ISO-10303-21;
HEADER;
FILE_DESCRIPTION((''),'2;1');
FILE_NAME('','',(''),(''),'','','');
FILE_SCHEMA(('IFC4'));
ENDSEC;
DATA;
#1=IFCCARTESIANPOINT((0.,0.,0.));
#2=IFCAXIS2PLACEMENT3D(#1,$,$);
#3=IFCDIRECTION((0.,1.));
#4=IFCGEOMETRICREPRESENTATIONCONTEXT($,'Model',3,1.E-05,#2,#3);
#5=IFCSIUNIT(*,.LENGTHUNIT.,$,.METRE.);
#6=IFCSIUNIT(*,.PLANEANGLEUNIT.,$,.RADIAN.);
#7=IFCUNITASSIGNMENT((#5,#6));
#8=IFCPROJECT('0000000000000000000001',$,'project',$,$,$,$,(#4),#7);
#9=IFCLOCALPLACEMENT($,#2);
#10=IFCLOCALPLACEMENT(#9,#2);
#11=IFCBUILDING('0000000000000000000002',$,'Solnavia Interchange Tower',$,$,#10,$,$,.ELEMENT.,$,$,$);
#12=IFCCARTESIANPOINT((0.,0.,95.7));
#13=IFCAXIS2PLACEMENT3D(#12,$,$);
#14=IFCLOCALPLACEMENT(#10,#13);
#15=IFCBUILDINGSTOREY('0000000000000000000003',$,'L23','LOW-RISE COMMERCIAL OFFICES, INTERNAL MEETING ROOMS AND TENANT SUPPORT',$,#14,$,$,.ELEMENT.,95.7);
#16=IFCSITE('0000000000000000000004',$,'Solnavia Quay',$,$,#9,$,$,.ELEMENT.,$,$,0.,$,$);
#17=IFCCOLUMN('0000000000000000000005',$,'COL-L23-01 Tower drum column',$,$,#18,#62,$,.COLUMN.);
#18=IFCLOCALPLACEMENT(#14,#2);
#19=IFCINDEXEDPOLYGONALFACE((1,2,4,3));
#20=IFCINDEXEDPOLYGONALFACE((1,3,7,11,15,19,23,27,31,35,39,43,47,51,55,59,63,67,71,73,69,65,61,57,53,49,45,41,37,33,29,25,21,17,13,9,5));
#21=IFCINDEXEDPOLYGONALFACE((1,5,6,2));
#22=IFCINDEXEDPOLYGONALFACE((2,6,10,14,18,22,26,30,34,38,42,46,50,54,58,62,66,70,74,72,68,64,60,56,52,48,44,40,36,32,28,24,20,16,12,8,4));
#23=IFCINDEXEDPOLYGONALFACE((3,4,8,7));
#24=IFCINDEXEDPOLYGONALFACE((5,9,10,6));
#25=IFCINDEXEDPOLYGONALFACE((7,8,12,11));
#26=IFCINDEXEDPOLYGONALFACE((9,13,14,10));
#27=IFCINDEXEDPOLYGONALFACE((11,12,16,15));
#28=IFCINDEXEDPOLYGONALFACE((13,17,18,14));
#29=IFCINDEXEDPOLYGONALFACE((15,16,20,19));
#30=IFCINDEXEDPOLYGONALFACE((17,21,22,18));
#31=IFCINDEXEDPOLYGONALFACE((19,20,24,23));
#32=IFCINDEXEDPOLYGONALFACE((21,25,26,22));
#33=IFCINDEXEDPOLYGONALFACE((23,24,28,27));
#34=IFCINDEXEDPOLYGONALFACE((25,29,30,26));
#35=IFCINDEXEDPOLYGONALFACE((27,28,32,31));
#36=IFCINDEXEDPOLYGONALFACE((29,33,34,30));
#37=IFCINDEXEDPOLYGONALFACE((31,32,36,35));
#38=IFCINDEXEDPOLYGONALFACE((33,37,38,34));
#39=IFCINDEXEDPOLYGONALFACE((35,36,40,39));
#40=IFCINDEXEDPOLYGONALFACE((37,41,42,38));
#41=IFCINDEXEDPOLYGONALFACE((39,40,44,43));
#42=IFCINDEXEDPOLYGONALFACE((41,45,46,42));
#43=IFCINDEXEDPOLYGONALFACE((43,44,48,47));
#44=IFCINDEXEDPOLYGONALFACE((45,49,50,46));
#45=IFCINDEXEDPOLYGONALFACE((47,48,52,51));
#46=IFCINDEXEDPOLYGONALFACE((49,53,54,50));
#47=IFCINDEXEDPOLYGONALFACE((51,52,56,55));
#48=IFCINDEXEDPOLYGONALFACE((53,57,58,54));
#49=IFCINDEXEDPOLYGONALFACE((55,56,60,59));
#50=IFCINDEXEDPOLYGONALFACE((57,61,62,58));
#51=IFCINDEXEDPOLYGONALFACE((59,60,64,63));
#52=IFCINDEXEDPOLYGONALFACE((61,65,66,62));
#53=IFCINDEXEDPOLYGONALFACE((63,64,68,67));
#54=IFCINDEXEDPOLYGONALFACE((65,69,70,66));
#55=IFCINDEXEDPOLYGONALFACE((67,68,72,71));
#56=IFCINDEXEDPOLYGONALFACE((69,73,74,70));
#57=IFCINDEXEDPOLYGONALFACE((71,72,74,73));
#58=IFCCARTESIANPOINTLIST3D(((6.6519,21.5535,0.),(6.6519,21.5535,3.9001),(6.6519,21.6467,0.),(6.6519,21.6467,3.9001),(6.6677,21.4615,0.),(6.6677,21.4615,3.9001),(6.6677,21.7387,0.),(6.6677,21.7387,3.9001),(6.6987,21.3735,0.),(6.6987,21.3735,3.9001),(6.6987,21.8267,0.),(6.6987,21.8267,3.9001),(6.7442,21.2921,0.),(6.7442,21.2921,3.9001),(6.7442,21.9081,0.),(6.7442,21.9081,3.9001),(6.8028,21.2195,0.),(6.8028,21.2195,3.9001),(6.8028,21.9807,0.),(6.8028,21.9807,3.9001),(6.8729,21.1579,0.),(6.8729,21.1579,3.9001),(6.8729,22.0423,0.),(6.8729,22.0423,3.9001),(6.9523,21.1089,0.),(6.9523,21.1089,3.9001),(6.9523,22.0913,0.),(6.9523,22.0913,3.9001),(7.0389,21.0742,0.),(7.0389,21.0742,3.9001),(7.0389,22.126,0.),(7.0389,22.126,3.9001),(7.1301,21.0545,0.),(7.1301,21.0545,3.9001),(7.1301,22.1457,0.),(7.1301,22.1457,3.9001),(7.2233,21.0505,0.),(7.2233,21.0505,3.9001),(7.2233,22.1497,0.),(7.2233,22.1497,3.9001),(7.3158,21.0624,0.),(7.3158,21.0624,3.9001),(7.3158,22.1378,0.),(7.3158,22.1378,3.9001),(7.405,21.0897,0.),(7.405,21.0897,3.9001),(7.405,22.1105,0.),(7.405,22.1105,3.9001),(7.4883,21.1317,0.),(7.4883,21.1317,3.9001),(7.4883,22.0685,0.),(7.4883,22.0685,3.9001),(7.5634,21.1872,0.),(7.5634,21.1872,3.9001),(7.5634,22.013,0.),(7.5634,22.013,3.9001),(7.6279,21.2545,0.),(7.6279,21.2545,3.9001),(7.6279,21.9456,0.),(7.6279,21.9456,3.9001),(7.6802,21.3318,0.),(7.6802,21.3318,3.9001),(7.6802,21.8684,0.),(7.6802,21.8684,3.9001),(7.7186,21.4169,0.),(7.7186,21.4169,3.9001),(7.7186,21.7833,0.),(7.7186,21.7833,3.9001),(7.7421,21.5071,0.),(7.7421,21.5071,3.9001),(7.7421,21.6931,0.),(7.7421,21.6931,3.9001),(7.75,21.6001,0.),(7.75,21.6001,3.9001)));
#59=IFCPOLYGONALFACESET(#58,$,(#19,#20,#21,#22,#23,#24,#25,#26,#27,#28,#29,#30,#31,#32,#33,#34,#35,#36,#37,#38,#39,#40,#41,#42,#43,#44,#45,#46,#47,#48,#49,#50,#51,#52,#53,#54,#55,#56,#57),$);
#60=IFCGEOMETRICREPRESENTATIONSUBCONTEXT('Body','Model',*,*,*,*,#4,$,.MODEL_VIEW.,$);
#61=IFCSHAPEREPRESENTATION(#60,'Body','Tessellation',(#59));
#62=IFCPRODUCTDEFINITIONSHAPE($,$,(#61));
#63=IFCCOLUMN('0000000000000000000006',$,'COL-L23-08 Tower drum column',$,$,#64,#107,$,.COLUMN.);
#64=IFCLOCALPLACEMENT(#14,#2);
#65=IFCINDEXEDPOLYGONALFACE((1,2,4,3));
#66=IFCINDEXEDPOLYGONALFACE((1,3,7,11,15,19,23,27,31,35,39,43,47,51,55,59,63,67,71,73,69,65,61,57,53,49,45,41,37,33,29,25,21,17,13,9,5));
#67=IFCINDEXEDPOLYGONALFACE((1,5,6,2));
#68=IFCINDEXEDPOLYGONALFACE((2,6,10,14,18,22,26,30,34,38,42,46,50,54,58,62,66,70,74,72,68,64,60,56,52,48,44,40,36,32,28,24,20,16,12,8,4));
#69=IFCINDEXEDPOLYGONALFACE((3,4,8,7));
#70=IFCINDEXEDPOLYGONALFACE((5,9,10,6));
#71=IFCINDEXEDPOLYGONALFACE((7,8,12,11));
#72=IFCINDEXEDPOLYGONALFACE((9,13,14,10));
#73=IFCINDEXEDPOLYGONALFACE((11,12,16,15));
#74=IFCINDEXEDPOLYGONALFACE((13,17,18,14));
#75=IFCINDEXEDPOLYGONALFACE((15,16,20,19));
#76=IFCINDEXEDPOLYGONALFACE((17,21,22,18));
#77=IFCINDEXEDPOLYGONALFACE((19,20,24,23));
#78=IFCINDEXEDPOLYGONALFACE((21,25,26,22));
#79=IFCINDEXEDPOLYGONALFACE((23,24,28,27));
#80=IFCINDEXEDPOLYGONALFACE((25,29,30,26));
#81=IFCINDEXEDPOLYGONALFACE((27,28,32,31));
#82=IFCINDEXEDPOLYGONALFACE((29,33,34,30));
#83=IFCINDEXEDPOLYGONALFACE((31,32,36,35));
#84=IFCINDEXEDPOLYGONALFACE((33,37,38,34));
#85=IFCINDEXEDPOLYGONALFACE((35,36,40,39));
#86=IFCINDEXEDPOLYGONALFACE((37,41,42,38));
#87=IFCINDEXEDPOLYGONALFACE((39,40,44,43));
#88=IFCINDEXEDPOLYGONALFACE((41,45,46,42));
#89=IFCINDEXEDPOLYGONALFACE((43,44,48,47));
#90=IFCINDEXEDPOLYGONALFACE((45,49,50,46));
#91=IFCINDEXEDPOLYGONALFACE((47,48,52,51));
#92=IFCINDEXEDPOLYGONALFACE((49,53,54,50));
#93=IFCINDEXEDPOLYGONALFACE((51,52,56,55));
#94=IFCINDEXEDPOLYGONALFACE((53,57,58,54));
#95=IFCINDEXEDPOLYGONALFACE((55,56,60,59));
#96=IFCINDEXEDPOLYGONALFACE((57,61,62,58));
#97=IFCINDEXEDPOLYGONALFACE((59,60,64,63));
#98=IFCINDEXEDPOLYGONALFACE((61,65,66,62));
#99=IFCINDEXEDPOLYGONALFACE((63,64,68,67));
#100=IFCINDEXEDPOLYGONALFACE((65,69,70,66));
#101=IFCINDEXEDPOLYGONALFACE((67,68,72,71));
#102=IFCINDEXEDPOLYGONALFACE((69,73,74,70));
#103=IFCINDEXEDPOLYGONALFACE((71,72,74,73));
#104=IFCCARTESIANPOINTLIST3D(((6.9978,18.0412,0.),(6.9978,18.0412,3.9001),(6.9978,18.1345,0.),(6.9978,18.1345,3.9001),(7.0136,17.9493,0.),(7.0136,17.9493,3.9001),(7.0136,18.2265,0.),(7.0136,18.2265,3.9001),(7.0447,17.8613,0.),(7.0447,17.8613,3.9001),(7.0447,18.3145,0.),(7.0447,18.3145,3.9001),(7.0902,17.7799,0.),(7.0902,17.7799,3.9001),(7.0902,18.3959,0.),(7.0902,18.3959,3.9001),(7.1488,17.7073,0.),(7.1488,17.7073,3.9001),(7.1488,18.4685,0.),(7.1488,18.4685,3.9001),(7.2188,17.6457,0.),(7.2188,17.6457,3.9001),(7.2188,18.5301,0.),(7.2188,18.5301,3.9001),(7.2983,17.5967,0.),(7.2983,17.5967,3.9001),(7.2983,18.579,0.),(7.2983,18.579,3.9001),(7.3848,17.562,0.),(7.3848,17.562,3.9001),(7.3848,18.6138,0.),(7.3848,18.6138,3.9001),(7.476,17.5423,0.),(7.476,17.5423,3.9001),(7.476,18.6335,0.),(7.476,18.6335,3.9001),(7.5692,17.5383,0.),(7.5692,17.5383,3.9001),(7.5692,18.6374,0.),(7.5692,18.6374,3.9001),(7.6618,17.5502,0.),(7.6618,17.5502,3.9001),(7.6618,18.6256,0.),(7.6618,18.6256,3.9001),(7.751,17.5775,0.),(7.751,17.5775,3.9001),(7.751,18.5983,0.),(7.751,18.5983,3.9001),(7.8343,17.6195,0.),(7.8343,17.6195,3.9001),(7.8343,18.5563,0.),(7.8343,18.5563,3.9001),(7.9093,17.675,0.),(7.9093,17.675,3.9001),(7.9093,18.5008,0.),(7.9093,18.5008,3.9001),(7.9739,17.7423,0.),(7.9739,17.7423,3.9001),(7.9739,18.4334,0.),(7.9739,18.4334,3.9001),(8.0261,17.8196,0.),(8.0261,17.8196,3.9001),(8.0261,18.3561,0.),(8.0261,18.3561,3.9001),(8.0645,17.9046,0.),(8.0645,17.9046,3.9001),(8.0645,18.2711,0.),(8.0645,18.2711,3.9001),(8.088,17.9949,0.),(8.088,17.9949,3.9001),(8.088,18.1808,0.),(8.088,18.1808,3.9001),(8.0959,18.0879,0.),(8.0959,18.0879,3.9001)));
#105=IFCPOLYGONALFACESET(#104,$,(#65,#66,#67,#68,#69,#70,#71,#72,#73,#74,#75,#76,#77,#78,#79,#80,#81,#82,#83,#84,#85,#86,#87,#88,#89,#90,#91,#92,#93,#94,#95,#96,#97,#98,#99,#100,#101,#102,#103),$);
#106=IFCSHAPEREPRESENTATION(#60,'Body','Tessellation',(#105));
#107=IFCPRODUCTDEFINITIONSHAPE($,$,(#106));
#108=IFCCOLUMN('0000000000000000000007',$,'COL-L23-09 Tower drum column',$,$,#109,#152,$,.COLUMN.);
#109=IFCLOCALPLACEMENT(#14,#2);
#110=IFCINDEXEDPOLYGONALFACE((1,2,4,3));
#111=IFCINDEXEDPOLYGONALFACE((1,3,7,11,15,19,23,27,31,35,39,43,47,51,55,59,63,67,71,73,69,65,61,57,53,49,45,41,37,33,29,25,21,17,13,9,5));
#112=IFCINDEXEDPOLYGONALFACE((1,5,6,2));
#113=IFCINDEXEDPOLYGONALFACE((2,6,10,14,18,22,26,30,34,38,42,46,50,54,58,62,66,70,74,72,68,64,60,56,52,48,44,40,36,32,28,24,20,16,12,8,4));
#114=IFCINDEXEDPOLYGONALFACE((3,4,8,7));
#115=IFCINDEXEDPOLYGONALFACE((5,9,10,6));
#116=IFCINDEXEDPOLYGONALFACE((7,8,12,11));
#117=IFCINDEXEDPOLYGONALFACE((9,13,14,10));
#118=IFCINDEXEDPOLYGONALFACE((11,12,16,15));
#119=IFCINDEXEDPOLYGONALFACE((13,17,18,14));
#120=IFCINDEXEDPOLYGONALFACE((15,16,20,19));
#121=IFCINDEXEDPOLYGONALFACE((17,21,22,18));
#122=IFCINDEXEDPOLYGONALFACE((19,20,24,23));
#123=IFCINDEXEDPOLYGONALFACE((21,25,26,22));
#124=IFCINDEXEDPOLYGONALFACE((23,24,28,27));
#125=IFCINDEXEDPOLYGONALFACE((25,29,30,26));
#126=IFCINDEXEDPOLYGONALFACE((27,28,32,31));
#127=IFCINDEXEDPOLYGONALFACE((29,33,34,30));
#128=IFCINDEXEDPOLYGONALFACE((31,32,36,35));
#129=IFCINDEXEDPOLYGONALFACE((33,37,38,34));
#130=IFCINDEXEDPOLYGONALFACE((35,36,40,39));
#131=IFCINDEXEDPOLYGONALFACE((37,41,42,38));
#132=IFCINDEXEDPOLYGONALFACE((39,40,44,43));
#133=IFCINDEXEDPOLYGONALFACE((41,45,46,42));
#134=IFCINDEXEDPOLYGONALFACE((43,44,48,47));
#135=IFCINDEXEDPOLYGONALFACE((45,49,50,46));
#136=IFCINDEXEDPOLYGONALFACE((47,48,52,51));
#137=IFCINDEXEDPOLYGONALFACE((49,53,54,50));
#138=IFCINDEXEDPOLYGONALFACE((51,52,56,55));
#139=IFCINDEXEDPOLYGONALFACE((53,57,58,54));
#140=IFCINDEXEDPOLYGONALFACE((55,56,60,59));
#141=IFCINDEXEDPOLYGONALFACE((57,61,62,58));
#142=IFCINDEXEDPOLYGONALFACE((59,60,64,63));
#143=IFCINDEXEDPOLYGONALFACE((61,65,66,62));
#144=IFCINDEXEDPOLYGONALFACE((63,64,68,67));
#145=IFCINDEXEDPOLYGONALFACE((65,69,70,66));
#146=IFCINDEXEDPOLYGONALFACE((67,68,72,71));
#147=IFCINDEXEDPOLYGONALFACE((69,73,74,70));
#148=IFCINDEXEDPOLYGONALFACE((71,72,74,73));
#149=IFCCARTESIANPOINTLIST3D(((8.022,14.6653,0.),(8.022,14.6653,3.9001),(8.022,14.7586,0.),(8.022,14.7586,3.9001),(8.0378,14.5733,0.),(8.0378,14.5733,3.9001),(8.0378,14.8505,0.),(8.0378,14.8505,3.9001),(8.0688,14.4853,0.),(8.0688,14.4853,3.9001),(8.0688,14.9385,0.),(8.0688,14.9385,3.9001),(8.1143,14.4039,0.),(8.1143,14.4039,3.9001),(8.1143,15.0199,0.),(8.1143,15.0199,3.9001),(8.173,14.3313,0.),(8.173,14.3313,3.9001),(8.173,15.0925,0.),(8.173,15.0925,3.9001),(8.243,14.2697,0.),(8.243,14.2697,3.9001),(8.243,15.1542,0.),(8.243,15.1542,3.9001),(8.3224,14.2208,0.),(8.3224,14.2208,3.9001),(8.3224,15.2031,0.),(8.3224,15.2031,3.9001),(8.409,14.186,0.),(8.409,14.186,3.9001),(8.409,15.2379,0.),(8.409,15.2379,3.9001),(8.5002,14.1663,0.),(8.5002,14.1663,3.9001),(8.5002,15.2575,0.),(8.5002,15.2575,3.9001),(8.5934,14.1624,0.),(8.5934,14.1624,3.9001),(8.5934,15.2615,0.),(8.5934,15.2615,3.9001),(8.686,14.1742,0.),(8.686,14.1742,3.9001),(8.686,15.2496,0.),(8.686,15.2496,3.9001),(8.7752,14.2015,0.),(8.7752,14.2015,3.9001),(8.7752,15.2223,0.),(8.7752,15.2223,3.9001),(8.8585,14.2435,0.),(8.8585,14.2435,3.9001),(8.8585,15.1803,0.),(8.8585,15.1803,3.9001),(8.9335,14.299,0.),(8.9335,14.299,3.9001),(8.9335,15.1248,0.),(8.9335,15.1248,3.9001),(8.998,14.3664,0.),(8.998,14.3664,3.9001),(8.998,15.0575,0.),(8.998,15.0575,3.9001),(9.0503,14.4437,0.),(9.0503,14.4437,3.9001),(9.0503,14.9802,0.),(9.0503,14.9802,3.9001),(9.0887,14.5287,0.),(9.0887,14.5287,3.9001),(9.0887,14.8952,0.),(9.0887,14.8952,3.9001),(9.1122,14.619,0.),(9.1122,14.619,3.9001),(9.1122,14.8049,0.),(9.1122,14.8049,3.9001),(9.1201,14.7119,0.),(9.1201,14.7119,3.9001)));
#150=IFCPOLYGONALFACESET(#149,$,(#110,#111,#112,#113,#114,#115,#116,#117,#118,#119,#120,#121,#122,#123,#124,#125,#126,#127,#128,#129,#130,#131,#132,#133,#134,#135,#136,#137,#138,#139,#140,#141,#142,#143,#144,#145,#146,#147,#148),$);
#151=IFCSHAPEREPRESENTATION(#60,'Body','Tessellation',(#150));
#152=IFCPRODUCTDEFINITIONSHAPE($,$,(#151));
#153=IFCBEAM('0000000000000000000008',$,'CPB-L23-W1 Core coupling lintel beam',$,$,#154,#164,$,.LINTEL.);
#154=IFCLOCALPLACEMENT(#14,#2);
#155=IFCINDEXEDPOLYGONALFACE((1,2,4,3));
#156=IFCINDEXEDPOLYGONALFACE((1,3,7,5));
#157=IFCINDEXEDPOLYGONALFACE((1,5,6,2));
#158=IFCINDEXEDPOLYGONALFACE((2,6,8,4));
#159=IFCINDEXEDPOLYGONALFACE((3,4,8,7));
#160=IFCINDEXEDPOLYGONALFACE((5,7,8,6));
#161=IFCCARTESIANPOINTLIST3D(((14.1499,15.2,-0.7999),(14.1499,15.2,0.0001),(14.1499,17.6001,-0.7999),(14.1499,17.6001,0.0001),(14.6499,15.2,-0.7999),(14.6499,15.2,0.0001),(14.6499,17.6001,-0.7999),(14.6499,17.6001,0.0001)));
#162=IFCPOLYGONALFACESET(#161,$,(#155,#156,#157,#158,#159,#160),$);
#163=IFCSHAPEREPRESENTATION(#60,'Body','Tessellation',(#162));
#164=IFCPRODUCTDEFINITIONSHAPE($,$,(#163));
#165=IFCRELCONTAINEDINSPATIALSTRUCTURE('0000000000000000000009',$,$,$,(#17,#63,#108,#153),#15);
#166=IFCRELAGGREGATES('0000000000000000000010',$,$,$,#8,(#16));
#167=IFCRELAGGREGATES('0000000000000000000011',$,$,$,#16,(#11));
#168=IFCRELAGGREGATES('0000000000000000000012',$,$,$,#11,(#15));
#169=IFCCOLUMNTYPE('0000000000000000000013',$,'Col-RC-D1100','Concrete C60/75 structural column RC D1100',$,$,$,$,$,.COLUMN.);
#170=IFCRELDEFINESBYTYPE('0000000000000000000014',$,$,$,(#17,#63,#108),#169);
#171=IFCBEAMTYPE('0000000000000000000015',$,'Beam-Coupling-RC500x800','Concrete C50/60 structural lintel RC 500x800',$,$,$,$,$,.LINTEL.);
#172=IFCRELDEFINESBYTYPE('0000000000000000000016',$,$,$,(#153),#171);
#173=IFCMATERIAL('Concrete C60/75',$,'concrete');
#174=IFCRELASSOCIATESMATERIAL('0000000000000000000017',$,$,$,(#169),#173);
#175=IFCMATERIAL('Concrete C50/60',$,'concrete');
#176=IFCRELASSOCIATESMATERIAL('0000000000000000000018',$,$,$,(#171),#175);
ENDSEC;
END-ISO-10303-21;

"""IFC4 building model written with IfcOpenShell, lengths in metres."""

from ifc_helpers import new_model, si_unit, direction, frame, origin, origin_2d, place, context, subcontext, project, spatial, rectangle, circle, extrude, material, material_profile, profile_set, type_object, element, save


model = new_model("IFC4")

# Units and contexts
model_context = context("Model", 3, precision=1e-05, world=origin(), true_north=direction((0.0, 1.0)))
body_context = subcontext(model_context, "Body", "Model", "MODEL_VIEW")
ifc_project = project(units=[si_unit("LENGTHUNIT", "METRE"), si_unit("PLANEANGLEUNIT", "RADIAN")], contexts=[model_context])

# Site, building, storey
site_placement = place(None, origin())
site = spatial("IfcSite", under=ifc_project, at=site_placement, Name="Solnavia Quay", CompositionType="ELEMENT", RefElevation=0.0)
building_placement = place(site_placement, origin())
building = spatial("IfcBuilding", under=site, at=building_placement, Name="Solnavia Interchange Tower", CompositionType="ELEMENT")
storey_placement = place(building_placement, frame((0.0, 0.0, 95.7)))
storey = spatial("IfcBuildingStorey", under=building, at=storey_placement, Name="L23", Description="LOW-RISE COMMERCIAL OFFICES, INTERNAL MEETING ROOMS AND TENANT SUPPORT", CompositionType="ELEMENT", Elevation=95.7)

# Columns
ifc_material_1 = material(Name="Concrete C60/75", Category="concrete")
ifc_material_profile_1 = material_profile(ifc_material_1, circle(Radius=0.55, at=origin_2d()), Name="RC D1100")
ifc_profile_set_1 = profile_set([ifc_material_profile_1], Name="Concrete C60/75")
column_type = type_object("IfcColumnType", Name="Col-RC-D1100", Description="Concrete C60/75 structural column RC D1100", PredefinedType="COLUMN", material=ifc_profile_set_1)
for number, where, z_axis, x_axis, name in (
    (1, (7.2, 21.6001, 0.0), (0.0, 0.0, 1.0), (1.0, 0.0, 0.0), "COL-L23-01 Tower drum column"),
    (2, (7.5459, 18.0879, 0.0), (0.0, 0.0, 1.0), (1.0, 0.0, 0.0), "COL-L23-08 Tower drum column"),
    (3, (8.5701, 14.7119, 0.0), (0.0, 0.0, 1.0), (1.0, 0.0, 0.0), "COL-L23-09 Tower drum column"),
):
    element("IfcColumn", number, at=place(storey_placement, frame(where, z_axis=z_axis, x_axis=x_axis)), inside=storey, type_object=column_type, Name=name, PredefinedType="COLUMN", context=body_context, shape_type="SweptSolid", body=[
        extrude(circle(Radius=0.55, at=origin_2d()), origin(), (0.0, 0.0, 1.0), 3.9001),
    ])

# Beam
ifc_material_2 = material(Name="Concrete C50/60", Category="concrete")
ifc_material_profile_2 = material_profile(ifc_material_2, rectangle(XDim=0.5, YDim=0.8, at=origin_2d()), Name="RC 500x800")
ifc_profile_set_2 = profile_set([ifc_material_profile_2], Name="Concrete C50/60")
beam_type_1 = type_object("IfcBeamType", Name="Beam-Coupling-RC500x800", Description="Concrete C50/60 structural lintel RC 500x800", PredefinedType="LINTEL", material=ifc_profile_set_2)
beam_1_placement = place(storey_placement, frame((14.3999, 15.2, -0.3999), z_axis=(0.0, 1.0, 0.0), x_axis=(-1.0, 0.0, 0.0)))
element("IfcBeam", 4, at=beam_1_placement, inside=storey, type_object=beam_type_1, Name="CPB-L23-W1 Core coupling lintel beam", PredefinedType="LINTEL", context=body_context, shape_type="SweptSolid", body=[
    extrude(rectangle(XDim=0.5, YDim=0.8, at=origin_2d()), origin(), (0.0, 0.0, 1.0), 2.4001),
])

save(model, "model.ifc")
